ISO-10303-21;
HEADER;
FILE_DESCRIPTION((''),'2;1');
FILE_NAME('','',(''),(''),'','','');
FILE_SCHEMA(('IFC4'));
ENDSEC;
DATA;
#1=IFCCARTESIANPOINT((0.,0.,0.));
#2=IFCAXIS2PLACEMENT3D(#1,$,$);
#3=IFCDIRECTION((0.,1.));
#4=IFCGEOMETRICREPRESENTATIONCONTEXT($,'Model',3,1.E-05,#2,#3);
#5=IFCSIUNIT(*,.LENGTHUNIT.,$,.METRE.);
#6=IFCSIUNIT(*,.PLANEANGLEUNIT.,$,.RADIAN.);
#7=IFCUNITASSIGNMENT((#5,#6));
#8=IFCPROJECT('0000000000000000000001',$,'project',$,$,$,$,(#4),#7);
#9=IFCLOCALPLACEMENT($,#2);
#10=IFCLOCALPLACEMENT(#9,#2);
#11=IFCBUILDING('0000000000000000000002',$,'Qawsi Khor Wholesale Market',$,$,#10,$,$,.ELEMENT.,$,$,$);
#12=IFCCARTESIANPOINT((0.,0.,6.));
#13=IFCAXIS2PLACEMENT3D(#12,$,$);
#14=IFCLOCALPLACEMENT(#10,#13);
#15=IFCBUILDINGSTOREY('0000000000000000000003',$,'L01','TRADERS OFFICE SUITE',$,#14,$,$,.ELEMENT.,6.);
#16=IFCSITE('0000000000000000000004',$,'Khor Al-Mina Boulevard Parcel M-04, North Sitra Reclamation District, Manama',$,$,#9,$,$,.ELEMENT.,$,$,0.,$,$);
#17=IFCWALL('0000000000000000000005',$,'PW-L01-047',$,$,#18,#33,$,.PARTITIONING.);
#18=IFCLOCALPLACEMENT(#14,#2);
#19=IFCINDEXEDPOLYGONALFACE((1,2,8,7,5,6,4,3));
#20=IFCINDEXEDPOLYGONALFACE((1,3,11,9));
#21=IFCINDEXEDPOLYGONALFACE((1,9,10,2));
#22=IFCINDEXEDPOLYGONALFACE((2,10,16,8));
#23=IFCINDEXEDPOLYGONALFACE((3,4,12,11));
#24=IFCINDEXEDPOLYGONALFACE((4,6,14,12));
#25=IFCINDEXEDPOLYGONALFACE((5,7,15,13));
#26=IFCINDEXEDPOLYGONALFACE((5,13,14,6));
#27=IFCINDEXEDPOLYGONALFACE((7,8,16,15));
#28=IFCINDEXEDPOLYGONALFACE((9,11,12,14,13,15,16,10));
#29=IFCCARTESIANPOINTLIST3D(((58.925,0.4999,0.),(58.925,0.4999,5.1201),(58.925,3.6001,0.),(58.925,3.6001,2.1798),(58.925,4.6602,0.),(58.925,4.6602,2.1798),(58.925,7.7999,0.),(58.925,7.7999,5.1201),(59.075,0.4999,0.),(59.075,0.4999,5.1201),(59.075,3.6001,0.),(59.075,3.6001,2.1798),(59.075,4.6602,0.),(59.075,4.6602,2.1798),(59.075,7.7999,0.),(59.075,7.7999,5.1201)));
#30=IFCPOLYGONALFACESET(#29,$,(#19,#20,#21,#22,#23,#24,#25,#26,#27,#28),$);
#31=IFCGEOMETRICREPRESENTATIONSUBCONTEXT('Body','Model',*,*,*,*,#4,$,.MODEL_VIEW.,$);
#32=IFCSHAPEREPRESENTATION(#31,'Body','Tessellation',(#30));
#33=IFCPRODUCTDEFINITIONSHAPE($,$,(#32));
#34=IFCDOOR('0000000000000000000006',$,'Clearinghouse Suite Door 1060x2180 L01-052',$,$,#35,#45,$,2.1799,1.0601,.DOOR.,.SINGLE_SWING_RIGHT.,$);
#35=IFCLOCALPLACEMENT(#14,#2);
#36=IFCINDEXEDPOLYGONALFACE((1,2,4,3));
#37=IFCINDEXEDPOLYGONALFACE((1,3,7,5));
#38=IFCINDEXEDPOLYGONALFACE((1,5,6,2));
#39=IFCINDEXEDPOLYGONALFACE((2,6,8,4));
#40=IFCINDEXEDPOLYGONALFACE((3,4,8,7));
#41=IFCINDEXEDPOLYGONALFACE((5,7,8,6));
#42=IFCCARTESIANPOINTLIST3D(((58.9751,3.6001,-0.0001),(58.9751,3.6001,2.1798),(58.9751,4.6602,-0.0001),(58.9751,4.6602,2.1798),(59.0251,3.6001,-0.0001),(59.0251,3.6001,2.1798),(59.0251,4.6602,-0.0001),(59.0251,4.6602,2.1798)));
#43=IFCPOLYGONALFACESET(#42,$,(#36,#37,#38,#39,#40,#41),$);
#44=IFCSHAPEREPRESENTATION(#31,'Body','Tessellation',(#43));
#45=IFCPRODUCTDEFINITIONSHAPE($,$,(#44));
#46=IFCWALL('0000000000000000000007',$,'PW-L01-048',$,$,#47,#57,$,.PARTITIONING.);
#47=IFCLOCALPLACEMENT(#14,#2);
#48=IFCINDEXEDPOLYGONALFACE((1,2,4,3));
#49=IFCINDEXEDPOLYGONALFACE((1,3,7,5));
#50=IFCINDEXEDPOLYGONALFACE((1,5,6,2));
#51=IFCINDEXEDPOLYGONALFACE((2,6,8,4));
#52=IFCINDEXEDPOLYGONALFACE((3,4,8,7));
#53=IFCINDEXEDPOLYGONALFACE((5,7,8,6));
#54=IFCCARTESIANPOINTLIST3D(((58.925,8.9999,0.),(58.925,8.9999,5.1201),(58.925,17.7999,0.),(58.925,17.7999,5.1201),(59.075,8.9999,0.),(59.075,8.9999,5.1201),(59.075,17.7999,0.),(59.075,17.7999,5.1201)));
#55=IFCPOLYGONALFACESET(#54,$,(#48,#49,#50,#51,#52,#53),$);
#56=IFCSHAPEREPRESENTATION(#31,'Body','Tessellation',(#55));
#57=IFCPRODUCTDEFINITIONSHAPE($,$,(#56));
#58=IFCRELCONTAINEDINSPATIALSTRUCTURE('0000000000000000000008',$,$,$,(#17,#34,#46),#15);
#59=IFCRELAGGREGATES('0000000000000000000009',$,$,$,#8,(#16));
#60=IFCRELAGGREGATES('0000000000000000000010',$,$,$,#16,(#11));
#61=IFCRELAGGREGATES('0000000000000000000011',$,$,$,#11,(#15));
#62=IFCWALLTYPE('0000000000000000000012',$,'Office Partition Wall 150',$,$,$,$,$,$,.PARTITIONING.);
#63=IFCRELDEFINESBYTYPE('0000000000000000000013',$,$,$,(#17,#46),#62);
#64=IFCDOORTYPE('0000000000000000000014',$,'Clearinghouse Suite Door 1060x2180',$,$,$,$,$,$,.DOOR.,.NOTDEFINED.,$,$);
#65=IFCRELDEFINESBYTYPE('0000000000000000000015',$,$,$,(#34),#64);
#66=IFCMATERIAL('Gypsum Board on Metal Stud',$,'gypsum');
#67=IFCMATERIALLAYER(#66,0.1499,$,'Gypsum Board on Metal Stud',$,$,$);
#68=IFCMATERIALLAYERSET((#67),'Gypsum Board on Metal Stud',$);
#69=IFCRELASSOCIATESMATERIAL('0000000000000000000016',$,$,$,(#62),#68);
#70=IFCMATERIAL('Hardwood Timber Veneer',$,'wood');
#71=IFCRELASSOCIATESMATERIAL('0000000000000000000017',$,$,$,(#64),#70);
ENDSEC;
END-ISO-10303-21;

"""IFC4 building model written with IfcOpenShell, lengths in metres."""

from ifc_helpers import new_model, si_unit, direction, frame, frame_2d, origin, place, context, subcontext, project, spatial, rectangle, extrude, material, layer, layer_set, type_object, element, fill, save


model = new_model("IFC4")

# Units and contexts
model_context = context("Model", 3, precision=1e-05, world=origin(), true_north=direction((0.0, 1.0)))
body_context = subcontext(model_context, "Body", "Model", "MODEL_VIEW")
ifc_project = project(units=[si_unit("LENGTHUNIT", "METRE"), si_unit("PLANEANGLEUNIT", "RADIAN")], contexts=[model_context])

# Site, building, storey
site_placement = place(None, origin())
site = spatial("IfcSite", under=ifc_project, at=site_placement, Name="Khor Al-Mina Boulevard Parcel M-04, North Sitra Reclamation District, Manama", CompositionType="ELEMENT", RefElevation=0.0)
building_placement = place(site_placement, origin())
building = spatial("IfcBuilding", under=site, at=building_placement, Name="Qawsi Khor Wholesale Market", CompositionType="ELEMENT")
storey_placement = place(building_placement, frame((0.0, 0.0, 6.0)))
storey = spatial("IfcBuildingStorey", under=building, at=storey_placement, Name="L01", Description="TRADERS OFFICE SUITE", CompositionType="ELEMENT", Elevation=6.0)

# Shared definitions
ifc_material_1 = material(Name="Gypsum Board on Metal Stud", Category="gypsum")
ifc_layer = layer(ifc_material_1, 0.1499, Name="Gypsum Board on Metal Stud")
ifc_layer_set = layer_set([ifc_layer], Name="Gypsum Board on Metal Stud")
wall_type = type_object("IfcWallType", Name="Office Partition Wall 150", PredefinedType="PARTITIONING", material=ifc_layer_set)

# Shared definitions
ifc_material_2 = material(Name="Hardwood Timber Veneer", Category="wood")
door_type = type_object("IfcDoorType", Name="Clearinghouse Suite Door 1060x2180", OperationType="NOTDEFINED", PredefinedType="DOOR", material=ifc_material_2)

# Wall, opening, door
wall_1_placement = place(storey_placement, frame((59.0, 0.5, 0.0), z_axis=(0.0, 0.0, 1.0), x_axis=(0.0, 1.0, 0.0)))
wall_1 = element("IfcWall", 1, at=wall_1_placement, inside=storey, type_object=wall_type, Name="PW-L01-047", PredefinedType="PARTITIONING", context=body_context, shape_type="SweptSolid", body=[
    extrude(rectangle(XDim=7.3, YDim=0.1499, at=frame_2d((3.6499, 0.0))), origin(), (0.0, 0.0, 1.0), 5.1201),
])
opening_1_placement = place(wall_1_placement, frame((3.1001, 0.0, 0.0)))
opening_1 = element("IfcOpeningElement", 2, at=opening_1_placement, cuts=wall_1, PredefinedType="OPENING", context=body_context, shape_type="SweptSolid", body=[
    extrude(rectangle(XDim=1.0601, YDim=2.1799, at=frame_2d((0.53, 1.0898))), frame((0.0, 0.085, 0.0), z_axis=(0.0, -1.0, 0.0), x_axis=(1.0, 0.0, 0.0)), (0.0, 0.0, 1.0), 0.1699),
])
door_1_placement = place(opening_1_placement, origin())
door_1 = element("IfcDoor", 3, at=door_1_placement, inside=storey, type_object=door_type, Name="Clearinghouse Suite Door 1060x2180 L01-052", OperationType="SINGLE_SWING_RIGHT", OverallHeight=2.1799, OverallWidth=1.0601, PredefinedType="DOOR", context=body_context, shape_type="SweptSolid", body=[
    extrude(rectangle(XDim=1.0601, YDim=2.1799, at=frame_2d((0.53, 1.0898))), frame((0.0, 0.0249, 0.0), z_axis=(0.0, -1.0, 0.0), x_axis=(1.0, 0.0, 0.0)), (0.0, 0.0, 1.0), 0.05),
])
fill(opening_1, door_1)

# Wall
wall_2_placement = place(storey_placement, frame((59.0, 9.0, 0.0), z_axis=(0.0, 0.0, 1.0), x_axis=(0.0, 1.0, 0.0)))
element("IfcWall", 4, at=wall_2_placement, inside=storey, type_object=wall_type, Name="PW-L01-048", PredefinedType="PARTITIONING", context=body_context, shape_type="SweptSolid", body=[
    extrude(rectangle(XDim=8.8, YDim=0.1499, at=frame_2d((4.3999, 0.0))), origin(), (0.0, 0.0, 1.0), 5.1201),
])

save(model, "model.ifc")
